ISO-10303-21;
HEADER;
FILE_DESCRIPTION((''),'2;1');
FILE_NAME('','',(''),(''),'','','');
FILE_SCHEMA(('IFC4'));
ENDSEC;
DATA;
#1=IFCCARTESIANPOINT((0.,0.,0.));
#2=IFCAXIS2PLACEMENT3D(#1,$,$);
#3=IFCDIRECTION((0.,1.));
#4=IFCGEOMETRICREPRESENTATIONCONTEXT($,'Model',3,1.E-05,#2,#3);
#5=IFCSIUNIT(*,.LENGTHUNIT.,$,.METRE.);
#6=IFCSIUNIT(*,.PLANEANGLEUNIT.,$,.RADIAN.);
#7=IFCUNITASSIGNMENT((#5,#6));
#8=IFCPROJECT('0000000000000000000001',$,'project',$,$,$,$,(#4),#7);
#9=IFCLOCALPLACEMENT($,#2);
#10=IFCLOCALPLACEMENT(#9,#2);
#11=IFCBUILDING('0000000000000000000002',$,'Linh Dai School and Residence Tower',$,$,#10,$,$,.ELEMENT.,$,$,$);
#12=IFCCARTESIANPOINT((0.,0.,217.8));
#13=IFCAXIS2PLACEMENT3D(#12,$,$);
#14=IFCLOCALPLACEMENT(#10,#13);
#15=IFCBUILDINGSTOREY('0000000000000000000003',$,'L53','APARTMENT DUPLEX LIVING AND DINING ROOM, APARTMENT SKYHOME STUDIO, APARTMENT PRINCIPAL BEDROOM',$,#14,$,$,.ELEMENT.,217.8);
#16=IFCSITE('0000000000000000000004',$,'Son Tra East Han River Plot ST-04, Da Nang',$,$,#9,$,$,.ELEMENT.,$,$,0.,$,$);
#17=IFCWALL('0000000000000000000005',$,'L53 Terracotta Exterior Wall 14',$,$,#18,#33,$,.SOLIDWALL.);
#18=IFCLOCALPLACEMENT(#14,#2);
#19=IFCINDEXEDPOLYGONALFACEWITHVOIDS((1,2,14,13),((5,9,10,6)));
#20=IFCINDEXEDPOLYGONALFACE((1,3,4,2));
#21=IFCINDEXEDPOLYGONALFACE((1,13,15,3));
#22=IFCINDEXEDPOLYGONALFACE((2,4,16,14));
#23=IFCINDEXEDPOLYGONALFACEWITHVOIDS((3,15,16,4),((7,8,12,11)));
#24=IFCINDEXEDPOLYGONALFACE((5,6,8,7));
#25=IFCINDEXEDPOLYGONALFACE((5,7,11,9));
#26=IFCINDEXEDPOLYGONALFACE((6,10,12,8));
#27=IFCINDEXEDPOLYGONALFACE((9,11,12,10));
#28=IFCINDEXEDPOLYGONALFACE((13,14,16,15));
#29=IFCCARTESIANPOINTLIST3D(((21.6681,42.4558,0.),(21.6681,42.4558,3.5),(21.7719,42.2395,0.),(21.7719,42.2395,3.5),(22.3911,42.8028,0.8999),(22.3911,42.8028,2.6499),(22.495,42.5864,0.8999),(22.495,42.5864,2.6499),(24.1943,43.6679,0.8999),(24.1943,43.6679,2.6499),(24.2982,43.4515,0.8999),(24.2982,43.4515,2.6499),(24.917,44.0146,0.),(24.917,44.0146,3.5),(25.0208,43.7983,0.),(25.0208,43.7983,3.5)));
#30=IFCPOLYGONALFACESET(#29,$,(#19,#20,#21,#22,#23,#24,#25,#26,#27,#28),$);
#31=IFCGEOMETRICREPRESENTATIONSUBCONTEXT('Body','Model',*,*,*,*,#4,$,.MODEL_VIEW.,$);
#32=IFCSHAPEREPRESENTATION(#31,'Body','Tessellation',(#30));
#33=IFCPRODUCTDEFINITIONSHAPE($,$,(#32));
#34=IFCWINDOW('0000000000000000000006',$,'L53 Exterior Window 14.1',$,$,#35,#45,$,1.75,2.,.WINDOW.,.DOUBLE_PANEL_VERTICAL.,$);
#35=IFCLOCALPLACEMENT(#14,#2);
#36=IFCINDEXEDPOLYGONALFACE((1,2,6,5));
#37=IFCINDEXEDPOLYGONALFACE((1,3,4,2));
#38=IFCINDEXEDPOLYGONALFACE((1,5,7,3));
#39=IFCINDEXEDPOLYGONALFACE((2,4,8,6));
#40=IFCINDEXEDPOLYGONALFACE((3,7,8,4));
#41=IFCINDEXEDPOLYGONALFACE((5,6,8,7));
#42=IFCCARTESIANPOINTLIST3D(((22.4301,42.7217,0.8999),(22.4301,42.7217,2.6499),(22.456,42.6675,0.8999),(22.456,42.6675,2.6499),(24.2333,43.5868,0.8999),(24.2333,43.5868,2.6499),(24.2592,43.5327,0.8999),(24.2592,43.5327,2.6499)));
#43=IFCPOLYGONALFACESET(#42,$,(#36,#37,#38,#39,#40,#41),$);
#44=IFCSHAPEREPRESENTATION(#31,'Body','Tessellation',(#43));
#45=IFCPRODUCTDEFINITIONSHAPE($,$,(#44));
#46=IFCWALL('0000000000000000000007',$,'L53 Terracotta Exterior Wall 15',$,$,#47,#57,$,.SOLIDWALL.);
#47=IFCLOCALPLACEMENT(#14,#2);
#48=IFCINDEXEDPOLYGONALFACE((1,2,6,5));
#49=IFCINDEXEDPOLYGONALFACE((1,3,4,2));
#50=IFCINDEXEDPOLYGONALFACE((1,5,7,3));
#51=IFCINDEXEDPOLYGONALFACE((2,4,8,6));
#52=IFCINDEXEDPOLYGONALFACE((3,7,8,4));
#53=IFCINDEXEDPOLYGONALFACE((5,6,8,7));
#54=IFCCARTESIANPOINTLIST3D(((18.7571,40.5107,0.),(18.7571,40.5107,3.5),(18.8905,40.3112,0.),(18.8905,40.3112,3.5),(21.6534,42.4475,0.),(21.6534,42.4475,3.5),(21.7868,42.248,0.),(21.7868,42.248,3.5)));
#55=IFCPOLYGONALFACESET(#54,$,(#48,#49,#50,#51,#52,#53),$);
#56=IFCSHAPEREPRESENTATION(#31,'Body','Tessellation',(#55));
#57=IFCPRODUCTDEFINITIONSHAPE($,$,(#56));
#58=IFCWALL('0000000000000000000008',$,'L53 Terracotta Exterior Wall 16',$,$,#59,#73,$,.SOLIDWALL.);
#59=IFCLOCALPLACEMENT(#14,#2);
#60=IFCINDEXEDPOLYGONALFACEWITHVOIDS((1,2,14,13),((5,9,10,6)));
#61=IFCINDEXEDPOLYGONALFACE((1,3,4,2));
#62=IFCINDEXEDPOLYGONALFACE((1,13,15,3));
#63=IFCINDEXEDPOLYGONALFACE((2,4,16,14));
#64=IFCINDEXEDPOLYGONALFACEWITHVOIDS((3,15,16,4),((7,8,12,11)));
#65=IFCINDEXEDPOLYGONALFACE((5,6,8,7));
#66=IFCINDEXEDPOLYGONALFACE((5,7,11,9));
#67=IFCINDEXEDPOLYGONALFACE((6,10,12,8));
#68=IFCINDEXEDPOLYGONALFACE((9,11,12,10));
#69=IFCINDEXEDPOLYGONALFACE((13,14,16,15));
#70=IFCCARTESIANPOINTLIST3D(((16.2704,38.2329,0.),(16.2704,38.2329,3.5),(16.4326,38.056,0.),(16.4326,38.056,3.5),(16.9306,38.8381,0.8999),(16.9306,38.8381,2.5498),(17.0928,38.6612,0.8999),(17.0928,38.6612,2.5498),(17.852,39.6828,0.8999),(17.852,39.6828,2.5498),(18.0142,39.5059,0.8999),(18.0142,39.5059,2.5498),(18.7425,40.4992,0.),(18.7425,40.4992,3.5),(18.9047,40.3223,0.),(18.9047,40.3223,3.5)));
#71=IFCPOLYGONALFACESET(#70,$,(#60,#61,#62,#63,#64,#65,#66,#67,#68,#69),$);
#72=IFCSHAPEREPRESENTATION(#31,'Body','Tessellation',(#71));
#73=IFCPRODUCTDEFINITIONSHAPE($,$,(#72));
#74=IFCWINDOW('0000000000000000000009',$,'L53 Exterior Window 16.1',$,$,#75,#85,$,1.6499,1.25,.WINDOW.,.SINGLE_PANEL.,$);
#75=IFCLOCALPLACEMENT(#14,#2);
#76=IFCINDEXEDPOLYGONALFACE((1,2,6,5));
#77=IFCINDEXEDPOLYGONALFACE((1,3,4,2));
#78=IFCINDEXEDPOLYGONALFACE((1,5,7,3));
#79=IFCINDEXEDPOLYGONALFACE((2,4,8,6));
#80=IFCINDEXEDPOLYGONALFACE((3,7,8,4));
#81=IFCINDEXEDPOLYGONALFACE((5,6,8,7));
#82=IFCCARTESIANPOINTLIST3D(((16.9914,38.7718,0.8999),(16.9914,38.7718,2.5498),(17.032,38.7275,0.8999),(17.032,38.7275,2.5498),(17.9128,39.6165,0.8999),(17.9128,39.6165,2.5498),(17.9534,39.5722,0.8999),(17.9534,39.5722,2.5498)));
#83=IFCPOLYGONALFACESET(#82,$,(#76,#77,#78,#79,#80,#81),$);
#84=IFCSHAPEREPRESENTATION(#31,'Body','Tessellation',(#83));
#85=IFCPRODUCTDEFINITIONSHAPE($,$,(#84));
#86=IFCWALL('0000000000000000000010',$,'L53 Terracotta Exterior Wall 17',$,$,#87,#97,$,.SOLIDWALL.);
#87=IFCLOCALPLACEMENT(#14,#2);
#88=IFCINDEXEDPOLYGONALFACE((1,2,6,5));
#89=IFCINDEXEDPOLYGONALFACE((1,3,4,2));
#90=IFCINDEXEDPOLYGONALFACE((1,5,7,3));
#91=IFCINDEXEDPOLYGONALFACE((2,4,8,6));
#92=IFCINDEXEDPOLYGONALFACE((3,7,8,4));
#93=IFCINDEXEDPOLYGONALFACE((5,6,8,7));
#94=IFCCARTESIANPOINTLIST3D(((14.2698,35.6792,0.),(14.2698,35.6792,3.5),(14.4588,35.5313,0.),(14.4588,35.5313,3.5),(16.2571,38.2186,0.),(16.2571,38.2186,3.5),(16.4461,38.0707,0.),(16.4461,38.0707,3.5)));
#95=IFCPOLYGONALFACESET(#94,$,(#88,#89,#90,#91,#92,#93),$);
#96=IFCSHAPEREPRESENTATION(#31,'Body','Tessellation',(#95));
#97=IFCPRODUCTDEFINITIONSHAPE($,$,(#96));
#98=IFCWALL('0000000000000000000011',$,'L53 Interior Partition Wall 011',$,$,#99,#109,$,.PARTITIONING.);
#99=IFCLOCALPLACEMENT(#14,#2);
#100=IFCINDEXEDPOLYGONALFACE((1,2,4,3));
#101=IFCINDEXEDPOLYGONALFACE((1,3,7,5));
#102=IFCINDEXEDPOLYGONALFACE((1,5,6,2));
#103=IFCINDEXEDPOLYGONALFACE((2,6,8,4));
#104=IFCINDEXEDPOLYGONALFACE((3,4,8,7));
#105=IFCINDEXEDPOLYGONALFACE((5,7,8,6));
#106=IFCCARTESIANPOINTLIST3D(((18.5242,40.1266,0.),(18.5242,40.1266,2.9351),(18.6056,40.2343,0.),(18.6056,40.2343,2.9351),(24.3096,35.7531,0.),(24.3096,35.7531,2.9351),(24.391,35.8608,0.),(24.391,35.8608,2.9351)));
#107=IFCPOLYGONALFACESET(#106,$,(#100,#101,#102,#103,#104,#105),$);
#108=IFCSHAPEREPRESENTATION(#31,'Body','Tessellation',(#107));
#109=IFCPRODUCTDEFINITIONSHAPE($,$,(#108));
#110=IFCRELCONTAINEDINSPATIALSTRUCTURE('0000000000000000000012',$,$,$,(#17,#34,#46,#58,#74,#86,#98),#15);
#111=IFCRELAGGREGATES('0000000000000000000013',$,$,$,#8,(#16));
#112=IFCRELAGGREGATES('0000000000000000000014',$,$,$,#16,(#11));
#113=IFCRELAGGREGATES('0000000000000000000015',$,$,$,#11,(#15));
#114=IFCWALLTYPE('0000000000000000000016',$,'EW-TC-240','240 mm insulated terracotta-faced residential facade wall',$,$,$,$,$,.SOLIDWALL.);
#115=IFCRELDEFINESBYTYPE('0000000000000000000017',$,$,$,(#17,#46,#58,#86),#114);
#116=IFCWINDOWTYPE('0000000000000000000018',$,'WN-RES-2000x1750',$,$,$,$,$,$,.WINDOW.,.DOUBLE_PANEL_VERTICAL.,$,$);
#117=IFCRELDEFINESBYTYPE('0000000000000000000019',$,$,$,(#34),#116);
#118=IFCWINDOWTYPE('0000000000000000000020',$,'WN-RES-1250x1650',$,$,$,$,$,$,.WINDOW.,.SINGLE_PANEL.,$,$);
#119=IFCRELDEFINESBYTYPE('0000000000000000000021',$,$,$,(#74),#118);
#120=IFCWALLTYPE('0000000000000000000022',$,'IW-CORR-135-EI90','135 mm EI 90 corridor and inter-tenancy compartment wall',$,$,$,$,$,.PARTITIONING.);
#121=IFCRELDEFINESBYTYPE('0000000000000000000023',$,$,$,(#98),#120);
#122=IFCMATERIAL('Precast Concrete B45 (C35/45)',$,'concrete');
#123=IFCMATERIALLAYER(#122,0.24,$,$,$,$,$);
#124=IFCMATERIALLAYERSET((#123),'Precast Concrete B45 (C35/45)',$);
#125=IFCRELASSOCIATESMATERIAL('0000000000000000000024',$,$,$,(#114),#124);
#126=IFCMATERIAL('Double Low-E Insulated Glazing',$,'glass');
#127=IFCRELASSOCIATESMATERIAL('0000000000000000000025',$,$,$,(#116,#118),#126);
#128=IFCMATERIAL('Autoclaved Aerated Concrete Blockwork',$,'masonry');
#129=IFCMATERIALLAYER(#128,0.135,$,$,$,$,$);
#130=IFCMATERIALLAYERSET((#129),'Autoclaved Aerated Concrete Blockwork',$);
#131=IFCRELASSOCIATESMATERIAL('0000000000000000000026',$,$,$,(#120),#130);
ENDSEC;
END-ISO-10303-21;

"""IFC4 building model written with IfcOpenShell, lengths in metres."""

from ifc_helpers import new_model, si_unit, direction, frame, frame_2d, origin, origin_2d, place, context, subcontext, project, spatial, rectangle, extrude, source, transform, mapped, material, layer, layer_set, type_object, element, fill, save


model = new_model("IFC4")

# Units and contexts
model_context = context("Model", 3, precision=1e-05, world=origin(), true_north=direction((0.0, 1.0)))
body_context = subcontext(model_context, "Body", "Model", "MODEL_VIEW")
ifc_project = project(units=[si_unit("LENGTHUNIT", "METRE"), si_unit("PLANEANGLEUNIT", "RADIAN")], contexts=[model_context])

# Site, building, storey
site_placement = place(None, origin())
site = spatial("IfcSite", under=ifc_project, at=site_placement, Name="Son Tra East Han River Plot ST-04, Da Nang", CompositionType="ELEMENT", RefElevation=0.0)
building_placement = place(site_placement, origin())
building = spatial("IfcBuilding", under=site, at=building_placement, Name="Linh Dai School and Residence Tower", CompositionType="ELEMENT")
storey_placement = place(building_placement, frame((0.0, 0.0, 217.8)))
storey = spatial("IfcBuildingStorey", under=building, at=storey_placement, Name="L53", Description="APARTMENT DUPLEX LIVING AND DINING ROOM, APARTMENT SKYHOME STUDIO, APARTMENT PRINCIPAL BEDROOM", CompositionType="ELEMENT", Elevation=217.8)

# Shared definitions
ifc_material_1 = material(Name="Precast Concrete B45 (C35/45)", Category="concrete")

# Shared definitions
ifc_layer_1 = layer(ifc_material_1, 0.24)
ifc_layer_set_1 = layer_set([ifc_layer_1], Name="Precast Concrete B45 (C35/45)")
wall_type_1 = type_object("IfcWallType", Name="EW-TC-240", Description="240 mm insulated terracotta-faced residential facade wall", PredefinedType="SOLIDWALL", material=ifc_layer_set_1)

# Wall, opening, window
wall_1_placement = place(storey_placement, frame((21.72, 42.3477, 0.0), z_axis=(0.0, 0.0, 1.0), x_axis=(0.901598, 0.432575, 0.0)))
wall_1 = element("IfcWall", 1, at=wall_1_placement, inside=storey, type_object=wall_type_1, Name="L53 Terracotta Exterior Wall 14", PredefinedType="SOLIDWALL", context=body_context, shape_type="SweptSolid", body=[
    extrude(rectangle(XDim=3.6035, YDim=0.24, at=frame_2d((1.8018, 0.0))), origin(), (0.0, 0.0, 1.0), 3.5),
])
opening_1_placement = place(wall_1_placement, frame((0.802, 0.0, 0.8999)))
opening_1 = element("IfcOpeningElement", 2, at=opening_1_placement, cuts=wall_1, PredefinedType="OPENING", context=body_context, shape_type="SweptSolid", body=[
    extrude(rectangle(XDim=2.0, YDim=1.75, at=origin_2d()), frame((1.0, 0.1299, 0.875), z_axis=(0.0, -1.0, 0.0), x_axis=(1.0, 0.0, 0.0)), (0.0, 0.0, 1.0), 0.26),
])
ifc_material_2 = material(Name="Double Low-E Insulated Glazing", Category="glass")
window_type_1 = type_object("IfcWindowType", Name="WN-RES-2000x1750", PartitioningType="DOUBLE_PANEL_VERTICAL", PredefinedType="WINDOW", material=ifc_material_2)
shared_shape_1 = source(origin(), body_context, "Body", "SweptSolid", [
    extrude(rectangle(XDim=2.0, YDim=1.75, at=origin_2d()), frame((1.0, 0.03, 0.875), z_axis=(0.0, -1.0, 0.0), x_axis=(1.0, 0.0, 0.0)), (0.0, 0.0, 1.0), 0.0601),
])
window_1_placement = place(opening_1_placement, origin())
window_1 = element("IfcWindow", 3, at=window_1_placement, inside=storey, type_object=window_type_1, Name="L53 Exterior Window 14.1", OverallHeight=1.75, OverallWidth=2.0, PartitioningType="DOUBLE_PANEL_VERTICAL", PredefinedType="WINDOW", context=body_context, shape_type="MappedRepresentation", body=[
    mapped(shared_shape_1, transform((0.0, 0.0, 0.0), x_axis=(1.0, 0.0, 0.0), y_axis=(0.0, 1.0, 0.0), z_axis=(0.0, 0.0, 1.0), scale=1.0)),
])
fill(opening_1, window_1)

# Wall
wall_2_placement = place(storey_placement, frame((18.8237, 40.4109, 0.0), z_axis=(0.0, 0.0, 1.0), x_axis=(0.831262, 0.55588, 0.0)))
element("IfcWall", 4, at=wall_2_placement, inside=storey, type_object=wall_type_1, Name="L53 Terracotta Exterior Wall 15", PredefinedType="SOLIDWALL", context=body_context, shape_type="SweptSolid", body=[
    extrude(rectangle(XDim=3.4841, YDim=0.24, at=frame_2d((1.7422, 0.0))), origin(), (0.0, 0.0, 1.0), 3.5),
])

# Wall, opening, window
wall_3_placement = place(storey_placement, frame((16.3516, 38.1445, 0.0), z_axis=(0.0, 0.0, 1.0), x_axis=(0.737124, 0.675758, 0.0)))
wall_3 = element("IfcWall", 5, at=wall_3_placement, inside=storey, type_object=wall_type_1, Name="L53 Terracotta Exterior Wall 16", PredefinedType="SOLIDWALL", context=body_context, shape_type="SweptSolid", body=[
    extrude(rectangle(XDim=3.3538, YDim=0.24, at=frame_2d((1.6768, 0.0))), origin(), (0.0, 0.0, 1.0), 3.5),
])
opening_2_placement = place(wall_3_placement, frame((0.8955, 0.0, 0.8999)))
opening_2 = element("IfcOpeningElement", 6, at=opening_2_placement, cuts=wall_3, PredefinedType="OPENING", context=body_context, shape_type="SweptSolid", body=[
    extrude(rectangle(XDim=1.25, YDim=1.6499, at=origin_2d()), frame((0.625, 0.1299, 0.825), z_axis=(0.0, -1.0, 0.0), x_axis=(1.0, 0.0, 0.0)), (0.0, 0.0, 1.0), 0.26),
])
window_type_2 = type_object("IfcWindowType", Name="WN-RES-1250x1650", PartitioningType="SINGLE_PANEL", PredefinedType="WINDOW", material=ifc_material_2)
shared_shape_2 = source(origin(), body_context, "Body", "SweptSolid", [
    extrude(rectangle(XDim=1.25, YDim=1.6499, at=origin_2d()), frame((0.625, 0.03, 0.825), z_axis=(0.0, -1.0, 0.0), x_axis=(1.0, 0.0, 0.0)), (0.0, 0.0, 1.0), 0.0601),
])
window_2_placement = place(opening_2_placement, origin())
window_2 = element("IfcWindow", 7, at=window_2_placement, inside=storey, type_object=window_type_2, Name="L53 Exterior Window 16.1", OverallHeight=1.6499, OverallWidth=1.25, PartitioningType="SINGLE_PANEL", PredefinedType="WINDOW", context=body_context, shape_type="MappedRepresentation", body=[
    mapped(shared_shape_2, transform((0.0, 0.0, 0.0), x_axis=(1.0, 0.0, 0.0), y_axis=(0.0, 1.0, 0.0), z_axis=(0.0, 0.0, 1.0), scale=1.0)),
])
fill(opening_2, window_2)

# Walls
wall_4_placement = place(storey_placement, frame((14.3643, 35.6052, 0.0), z_axis=(0.0, 0.0, 1.0), x_axis=(0.616312, 0.787502, 0.0)))
element("IfcWall", 8, at=wall_4_placement, inside=storey, type_object=wall_type_1, Name="L53 Terracotta Exterior Wall 17", PredefinedType="SOLIDWALL", context=body_context, shape_type="SweptSolid", body=[
    extrude(rectangle(XDim=3.2246, YDim=0.24, at=frame_2d((1.6123, 0.0))), origin(), (0.0, 0.0, 1.0), 3.5),
])
ifc_material_3 = material(Name="Autoclaved Aerated Concrete Blockwork", Category="masonry")
ifc_layer_2 = layer(ifc_material_3, 0.135)
ifc_layer_set_2 = layer_set([ifc_layer_2], Name="Autoclaved Aerated Concrete Blockwork")
wall_type_2 = type_object("IfcWallType", Name="IW-CORR-135-EI90", Description="135 mm EI 90 corridor and inter-tenancy compartment wall", PredefinedType="PARTITIONING", material=ifc_layer_set_2)
wall_5_placement = place(storey_placement, frame((18.5649, 40.1804, 0.0), z_axis=(0.0, 0.0, 1.0), x_axis=(0.797712, -0.603039, 0.0)))
element("IfcWall", 9, at=wall_5_placement, inside=storey, type_object=wall_type_2, Name="L53 Interior Partition Wall 011", PredefinedType="PARTITIONING", context=body_context, shape_type="SweptSolid", body=[
    extrude(rectangle(XDim=7.2524, YDim=0.135, at=frame_2d((3.6262, 0.0))), origin(), (0.0, 0.0, 1.0), 2.9351),
])

save(model, "model.ifc")
